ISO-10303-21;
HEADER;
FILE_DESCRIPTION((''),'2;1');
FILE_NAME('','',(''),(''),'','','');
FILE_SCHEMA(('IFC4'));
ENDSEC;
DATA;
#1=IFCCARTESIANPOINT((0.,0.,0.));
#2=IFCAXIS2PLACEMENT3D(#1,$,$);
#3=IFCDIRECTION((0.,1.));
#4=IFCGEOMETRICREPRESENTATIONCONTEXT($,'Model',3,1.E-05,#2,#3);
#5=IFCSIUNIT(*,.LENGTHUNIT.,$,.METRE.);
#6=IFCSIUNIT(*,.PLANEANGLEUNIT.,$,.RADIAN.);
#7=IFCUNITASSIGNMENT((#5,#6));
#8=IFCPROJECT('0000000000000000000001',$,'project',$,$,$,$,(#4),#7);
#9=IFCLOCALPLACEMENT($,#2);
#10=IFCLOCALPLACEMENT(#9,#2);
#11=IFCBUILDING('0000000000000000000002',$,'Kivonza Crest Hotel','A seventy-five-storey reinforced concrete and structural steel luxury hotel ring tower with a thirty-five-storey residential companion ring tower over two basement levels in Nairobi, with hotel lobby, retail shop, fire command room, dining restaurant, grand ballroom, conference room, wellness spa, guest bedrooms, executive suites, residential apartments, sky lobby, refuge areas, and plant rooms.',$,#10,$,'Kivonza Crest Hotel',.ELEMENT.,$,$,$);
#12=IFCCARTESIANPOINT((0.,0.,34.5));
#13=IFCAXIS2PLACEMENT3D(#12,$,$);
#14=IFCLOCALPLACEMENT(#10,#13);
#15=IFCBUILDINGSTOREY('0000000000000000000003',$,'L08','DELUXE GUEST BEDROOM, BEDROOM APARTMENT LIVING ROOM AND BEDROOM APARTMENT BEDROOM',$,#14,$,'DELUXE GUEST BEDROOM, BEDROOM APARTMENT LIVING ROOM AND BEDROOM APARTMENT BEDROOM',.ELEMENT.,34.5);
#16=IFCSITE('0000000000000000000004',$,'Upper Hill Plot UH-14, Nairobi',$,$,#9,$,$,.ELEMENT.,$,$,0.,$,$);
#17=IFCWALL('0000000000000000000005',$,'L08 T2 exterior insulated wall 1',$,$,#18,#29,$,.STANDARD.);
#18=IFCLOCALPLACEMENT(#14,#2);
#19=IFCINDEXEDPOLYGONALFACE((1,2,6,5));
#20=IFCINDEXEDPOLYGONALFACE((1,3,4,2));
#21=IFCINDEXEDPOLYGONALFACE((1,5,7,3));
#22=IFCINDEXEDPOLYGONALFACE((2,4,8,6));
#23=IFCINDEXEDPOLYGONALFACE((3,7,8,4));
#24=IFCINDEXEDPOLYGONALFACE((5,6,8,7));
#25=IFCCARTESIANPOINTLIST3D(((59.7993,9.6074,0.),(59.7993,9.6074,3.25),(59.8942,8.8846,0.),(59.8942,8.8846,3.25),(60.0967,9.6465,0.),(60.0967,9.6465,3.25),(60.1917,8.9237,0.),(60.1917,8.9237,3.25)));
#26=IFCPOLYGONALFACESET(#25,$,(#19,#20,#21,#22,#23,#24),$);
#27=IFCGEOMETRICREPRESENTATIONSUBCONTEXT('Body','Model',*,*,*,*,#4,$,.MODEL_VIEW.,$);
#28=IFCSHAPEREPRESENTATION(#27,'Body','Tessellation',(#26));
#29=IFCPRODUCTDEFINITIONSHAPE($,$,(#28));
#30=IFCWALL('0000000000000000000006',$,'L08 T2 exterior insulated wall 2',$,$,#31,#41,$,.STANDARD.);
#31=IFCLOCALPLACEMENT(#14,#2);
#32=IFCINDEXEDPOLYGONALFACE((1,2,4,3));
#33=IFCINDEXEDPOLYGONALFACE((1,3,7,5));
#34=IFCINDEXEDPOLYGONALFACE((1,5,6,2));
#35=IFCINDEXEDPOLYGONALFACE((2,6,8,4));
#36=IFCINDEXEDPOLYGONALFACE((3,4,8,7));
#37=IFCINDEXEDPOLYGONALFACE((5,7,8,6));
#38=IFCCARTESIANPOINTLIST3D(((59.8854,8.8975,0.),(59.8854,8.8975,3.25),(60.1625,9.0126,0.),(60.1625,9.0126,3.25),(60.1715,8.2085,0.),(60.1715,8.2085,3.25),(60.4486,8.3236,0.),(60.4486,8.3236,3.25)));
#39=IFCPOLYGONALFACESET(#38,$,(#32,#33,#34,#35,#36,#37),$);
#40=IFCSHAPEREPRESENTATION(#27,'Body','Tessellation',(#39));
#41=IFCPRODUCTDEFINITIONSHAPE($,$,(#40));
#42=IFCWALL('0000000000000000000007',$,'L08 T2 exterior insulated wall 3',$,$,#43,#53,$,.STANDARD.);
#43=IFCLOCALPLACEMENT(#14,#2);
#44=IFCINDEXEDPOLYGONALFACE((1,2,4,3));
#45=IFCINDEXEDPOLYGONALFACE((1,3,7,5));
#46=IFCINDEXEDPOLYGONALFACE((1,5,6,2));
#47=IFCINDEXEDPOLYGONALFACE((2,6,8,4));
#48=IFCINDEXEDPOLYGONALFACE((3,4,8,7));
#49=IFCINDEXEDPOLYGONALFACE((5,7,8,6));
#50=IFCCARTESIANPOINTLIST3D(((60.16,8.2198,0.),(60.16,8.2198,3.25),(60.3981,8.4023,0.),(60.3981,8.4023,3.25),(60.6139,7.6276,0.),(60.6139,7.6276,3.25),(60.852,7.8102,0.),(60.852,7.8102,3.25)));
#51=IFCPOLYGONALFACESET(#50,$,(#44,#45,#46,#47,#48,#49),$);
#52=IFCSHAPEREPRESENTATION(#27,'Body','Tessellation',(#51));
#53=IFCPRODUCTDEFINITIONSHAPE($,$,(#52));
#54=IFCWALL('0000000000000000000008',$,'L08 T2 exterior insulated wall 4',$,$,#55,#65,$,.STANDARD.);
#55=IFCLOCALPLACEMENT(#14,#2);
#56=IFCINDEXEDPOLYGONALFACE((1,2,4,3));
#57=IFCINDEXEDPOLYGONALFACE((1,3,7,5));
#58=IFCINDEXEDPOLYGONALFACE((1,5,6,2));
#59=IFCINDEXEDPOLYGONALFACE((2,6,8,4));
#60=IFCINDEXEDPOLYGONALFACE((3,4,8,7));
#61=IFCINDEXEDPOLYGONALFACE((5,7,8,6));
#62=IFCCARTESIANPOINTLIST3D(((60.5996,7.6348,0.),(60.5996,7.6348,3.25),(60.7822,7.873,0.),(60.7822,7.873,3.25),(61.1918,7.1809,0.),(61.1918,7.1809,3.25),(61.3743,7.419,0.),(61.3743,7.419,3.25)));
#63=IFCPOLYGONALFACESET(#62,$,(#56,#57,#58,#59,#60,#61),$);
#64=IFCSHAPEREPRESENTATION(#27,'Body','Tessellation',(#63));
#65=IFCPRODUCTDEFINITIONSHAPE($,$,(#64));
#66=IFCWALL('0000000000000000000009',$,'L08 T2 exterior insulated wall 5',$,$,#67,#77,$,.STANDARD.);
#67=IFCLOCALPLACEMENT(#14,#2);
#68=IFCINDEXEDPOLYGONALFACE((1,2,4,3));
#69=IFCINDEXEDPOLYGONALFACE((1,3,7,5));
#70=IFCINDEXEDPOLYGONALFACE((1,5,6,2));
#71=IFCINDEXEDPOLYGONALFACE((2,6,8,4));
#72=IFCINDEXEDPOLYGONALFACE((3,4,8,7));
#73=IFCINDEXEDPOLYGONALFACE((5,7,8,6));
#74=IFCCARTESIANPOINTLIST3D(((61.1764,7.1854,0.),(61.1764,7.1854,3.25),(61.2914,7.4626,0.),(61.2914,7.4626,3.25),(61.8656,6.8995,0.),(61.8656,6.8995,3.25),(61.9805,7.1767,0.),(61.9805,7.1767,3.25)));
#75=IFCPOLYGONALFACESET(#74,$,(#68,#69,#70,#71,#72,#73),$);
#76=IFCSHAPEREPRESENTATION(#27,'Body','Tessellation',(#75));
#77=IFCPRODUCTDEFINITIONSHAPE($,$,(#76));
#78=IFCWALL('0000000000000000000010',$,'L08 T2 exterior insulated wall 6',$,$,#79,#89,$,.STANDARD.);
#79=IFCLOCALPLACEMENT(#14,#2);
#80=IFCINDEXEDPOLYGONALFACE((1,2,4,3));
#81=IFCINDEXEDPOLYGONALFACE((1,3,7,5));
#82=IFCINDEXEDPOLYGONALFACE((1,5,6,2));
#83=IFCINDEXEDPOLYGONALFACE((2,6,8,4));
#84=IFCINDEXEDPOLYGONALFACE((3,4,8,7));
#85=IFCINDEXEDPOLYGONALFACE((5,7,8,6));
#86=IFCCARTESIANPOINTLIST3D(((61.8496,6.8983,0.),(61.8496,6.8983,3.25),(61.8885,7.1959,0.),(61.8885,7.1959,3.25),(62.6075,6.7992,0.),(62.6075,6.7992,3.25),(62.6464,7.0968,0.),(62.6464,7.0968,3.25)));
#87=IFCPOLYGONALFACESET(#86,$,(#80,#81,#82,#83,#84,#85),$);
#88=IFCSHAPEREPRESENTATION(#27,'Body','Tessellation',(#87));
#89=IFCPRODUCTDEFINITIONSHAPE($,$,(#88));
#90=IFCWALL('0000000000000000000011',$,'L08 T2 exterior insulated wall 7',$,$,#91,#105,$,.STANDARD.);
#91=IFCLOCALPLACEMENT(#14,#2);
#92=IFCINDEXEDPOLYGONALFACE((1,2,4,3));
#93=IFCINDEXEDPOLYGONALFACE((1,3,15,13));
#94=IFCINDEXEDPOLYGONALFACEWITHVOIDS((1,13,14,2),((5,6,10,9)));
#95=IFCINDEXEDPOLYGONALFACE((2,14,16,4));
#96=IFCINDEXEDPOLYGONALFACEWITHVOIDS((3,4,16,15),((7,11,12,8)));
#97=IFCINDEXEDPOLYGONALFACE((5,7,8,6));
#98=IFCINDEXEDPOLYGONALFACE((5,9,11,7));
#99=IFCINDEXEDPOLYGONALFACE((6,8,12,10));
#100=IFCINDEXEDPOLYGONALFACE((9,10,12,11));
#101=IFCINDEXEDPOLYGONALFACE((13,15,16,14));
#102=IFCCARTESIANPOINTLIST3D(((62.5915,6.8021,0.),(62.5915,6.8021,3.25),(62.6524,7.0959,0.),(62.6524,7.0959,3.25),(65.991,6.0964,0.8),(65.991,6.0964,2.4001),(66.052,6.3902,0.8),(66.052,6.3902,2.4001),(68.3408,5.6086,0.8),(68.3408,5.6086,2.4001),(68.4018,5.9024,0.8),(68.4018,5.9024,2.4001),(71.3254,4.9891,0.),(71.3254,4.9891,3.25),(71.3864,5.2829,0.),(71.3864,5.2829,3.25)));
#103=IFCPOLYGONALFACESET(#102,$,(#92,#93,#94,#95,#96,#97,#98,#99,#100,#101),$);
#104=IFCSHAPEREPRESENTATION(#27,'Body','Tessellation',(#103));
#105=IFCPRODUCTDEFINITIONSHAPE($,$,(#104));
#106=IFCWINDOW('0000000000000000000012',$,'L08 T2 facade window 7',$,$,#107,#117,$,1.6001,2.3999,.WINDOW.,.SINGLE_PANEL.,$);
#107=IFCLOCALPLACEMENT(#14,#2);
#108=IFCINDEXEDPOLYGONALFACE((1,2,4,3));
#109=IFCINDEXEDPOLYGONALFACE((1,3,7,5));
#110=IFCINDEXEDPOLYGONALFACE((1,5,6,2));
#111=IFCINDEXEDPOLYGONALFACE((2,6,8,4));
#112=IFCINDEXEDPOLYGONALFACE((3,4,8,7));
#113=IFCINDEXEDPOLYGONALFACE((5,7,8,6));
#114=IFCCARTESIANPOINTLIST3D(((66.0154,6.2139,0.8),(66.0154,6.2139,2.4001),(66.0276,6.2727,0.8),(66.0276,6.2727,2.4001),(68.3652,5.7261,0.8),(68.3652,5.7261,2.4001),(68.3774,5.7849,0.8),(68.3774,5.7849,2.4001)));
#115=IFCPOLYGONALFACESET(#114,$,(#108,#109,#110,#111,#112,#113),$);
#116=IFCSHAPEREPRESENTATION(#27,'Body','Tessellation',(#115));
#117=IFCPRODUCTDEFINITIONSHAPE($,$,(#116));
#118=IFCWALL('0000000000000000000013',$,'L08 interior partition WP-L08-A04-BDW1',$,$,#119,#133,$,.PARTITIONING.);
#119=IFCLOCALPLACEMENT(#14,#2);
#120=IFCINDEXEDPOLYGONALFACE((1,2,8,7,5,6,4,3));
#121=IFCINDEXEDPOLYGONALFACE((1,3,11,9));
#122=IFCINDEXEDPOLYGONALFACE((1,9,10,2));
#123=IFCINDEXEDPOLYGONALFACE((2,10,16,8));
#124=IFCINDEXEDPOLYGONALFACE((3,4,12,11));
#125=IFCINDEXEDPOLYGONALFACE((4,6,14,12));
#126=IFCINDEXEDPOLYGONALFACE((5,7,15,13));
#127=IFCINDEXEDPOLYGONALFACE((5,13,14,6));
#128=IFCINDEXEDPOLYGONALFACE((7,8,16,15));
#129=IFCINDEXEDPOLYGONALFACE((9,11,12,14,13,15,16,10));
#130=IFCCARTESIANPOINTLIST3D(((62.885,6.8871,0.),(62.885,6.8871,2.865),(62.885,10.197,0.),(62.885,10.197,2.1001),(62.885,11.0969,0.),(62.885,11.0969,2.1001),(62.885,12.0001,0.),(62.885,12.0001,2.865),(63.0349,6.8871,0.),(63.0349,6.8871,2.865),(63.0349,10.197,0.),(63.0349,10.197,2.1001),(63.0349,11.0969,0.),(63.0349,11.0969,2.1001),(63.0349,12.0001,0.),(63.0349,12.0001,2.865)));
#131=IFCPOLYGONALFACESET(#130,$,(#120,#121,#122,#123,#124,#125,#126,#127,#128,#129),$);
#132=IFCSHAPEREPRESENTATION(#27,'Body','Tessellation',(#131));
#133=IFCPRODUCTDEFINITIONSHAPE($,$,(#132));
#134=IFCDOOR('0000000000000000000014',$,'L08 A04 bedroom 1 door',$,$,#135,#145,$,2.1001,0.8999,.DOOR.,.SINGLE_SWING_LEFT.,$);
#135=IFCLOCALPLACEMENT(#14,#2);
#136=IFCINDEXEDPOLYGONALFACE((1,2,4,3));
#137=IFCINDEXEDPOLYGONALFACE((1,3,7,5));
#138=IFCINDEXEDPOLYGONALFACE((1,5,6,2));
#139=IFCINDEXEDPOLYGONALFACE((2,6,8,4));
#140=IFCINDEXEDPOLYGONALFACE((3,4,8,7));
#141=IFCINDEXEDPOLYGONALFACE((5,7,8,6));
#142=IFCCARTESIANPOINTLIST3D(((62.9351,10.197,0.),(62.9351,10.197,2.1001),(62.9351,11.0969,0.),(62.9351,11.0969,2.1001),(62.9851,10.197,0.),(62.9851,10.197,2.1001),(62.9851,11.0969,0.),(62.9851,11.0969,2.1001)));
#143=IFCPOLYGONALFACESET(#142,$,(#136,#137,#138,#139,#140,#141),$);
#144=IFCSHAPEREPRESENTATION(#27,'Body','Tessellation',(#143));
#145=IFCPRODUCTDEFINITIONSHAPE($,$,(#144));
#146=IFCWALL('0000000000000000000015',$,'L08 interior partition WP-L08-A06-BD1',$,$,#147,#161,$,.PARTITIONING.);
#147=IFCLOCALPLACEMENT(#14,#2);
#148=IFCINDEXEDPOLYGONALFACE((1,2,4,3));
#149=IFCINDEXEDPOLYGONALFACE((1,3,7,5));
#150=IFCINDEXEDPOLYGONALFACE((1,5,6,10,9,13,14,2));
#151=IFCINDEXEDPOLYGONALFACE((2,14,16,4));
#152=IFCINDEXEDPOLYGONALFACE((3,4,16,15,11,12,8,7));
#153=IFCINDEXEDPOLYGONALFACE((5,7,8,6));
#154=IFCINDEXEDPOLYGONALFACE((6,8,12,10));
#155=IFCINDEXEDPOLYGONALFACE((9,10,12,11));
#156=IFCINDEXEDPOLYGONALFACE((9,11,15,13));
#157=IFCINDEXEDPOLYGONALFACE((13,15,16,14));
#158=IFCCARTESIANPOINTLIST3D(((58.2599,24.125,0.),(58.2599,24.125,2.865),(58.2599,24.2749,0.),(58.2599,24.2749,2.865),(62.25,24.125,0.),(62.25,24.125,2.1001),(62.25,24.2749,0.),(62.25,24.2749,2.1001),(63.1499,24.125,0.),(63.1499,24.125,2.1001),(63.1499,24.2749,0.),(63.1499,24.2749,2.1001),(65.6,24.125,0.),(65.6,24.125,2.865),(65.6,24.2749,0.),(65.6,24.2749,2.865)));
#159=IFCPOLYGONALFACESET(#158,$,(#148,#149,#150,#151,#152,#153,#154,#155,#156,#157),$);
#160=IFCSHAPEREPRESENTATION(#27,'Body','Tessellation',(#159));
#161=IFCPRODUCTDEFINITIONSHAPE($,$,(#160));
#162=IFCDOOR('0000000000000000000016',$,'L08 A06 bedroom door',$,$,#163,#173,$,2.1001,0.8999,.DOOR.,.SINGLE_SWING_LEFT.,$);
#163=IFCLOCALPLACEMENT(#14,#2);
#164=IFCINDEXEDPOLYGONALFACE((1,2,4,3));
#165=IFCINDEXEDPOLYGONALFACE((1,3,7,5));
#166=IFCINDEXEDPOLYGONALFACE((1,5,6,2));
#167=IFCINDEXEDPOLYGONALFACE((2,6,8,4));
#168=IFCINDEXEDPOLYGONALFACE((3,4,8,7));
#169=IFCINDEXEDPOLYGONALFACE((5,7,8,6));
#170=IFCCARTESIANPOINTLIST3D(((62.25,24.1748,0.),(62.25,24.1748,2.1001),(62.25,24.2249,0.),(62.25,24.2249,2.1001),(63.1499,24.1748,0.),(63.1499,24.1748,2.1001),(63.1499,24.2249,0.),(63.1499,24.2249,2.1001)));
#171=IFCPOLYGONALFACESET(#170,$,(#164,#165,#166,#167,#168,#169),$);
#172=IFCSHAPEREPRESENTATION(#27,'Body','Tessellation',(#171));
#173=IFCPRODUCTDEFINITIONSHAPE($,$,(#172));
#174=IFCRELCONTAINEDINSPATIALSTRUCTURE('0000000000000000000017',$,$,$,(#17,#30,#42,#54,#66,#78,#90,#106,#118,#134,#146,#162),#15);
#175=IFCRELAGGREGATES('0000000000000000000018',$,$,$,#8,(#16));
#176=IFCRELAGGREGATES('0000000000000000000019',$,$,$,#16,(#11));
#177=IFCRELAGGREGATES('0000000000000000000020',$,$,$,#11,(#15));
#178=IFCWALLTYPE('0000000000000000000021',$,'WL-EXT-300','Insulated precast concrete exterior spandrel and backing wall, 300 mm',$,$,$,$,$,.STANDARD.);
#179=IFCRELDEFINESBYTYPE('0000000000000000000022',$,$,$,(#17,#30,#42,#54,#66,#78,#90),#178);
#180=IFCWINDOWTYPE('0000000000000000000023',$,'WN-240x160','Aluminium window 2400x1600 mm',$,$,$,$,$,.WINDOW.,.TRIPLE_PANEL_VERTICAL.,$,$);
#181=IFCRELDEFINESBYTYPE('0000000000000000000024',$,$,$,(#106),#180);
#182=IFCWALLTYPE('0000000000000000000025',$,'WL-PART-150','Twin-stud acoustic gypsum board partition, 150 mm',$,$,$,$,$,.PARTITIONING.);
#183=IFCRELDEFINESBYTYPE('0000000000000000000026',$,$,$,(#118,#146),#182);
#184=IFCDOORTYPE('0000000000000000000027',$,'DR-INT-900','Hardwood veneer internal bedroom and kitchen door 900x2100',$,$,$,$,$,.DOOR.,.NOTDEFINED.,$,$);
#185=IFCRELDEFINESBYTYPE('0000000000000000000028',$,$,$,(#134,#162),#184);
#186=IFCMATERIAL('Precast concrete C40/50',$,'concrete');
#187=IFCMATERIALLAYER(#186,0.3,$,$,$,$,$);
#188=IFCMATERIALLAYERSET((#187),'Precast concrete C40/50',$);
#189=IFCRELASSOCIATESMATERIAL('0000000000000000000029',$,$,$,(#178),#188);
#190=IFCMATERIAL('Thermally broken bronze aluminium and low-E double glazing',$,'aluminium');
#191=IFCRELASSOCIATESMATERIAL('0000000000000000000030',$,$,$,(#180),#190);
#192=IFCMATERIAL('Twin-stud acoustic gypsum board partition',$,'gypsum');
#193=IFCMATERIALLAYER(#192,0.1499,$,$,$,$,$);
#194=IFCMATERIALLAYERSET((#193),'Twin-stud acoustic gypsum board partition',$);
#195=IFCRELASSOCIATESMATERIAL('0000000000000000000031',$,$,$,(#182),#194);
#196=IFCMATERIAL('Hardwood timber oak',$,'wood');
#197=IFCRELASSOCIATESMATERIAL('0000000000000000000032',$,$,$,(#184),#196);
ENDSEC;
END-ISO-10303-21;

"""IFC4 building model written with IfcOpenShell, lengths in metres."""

from ifc_helpers import new_model, si_unit, direction, frame, frame_2d, origin, place, context, subcontext, project, spatial, rectangle, extrude, material, layer, layer_set, type_object, element, fill, save


model = new_model("IFC4")

# Units and contexts
model_context = context("Model", 3, precision=1e-05, world=origin(), true_north=direction((0.0, 1.0)))
body_context = subcontext(model_context, "Body", "Model", "MODEL_VIEW")
ifc_project = project(units=[si_unit("LENGTHUNIT", "METRE"), si_unit("PLANEANGLEUNIT", "RADIAN")], contexts=[model_context])

# Site, building, storey
site_placement = place(None, origin())
site = spatial("IfcSite", under=ifc_project, at=site_placement, Name="Upper Hill Plot UH-14, Nairobi", CompositionType="ELEMENT", RefElevation=0.0)
building_placement = place(site_placement, origin())
building = spatial("IfcBuilding", under=site, at=building_placement, Name="Kivonza Crest Hotel", Description="A seventy-five-storey reinforced concrete and structural steel luxury hotel ring tower with a thirty-five-storey residential companion ring tower over two basement levels in Nairobi, with hotel lobby, retail shop, fire command room, dining restaurant, grand ballroom, conference room, wellness spa, guest bedrooms, executive suites, residential apartments, sky lobby, refuge areas, and plant rooms.", LongName="Kivonza Crest Hotel", CompositionType="ELEMENT")
storey_placement = place(building_placement, frame((0.0, 0.0, 34.5)))
storey = spatial("IfcBuildingStorey", under=building, at=storey_placement, Name="L08", Description="DELUXE GUEST BEDROOM, BEDROOM APARTMENT LIVING ROOM AND BEDROOM APARTMENT BEDROOM", LongName="DELUXE GUEST BEDROOM, BEDROOM APARTMENT LIVING ROOM AND BEDROOM APARTMENT BEDROOM", CompositionType="ELEMENT", Elevation=34.5)

# Walls
ifc_material_1 = material(Name="Precast concrete C40/50", Category="concrete")
ifc_layer_1 = layer(ifc_material_1, 0.3)
ifc_layer_set_1 = layer_set([ifc_layer_1], Name="Precast concrete C40/50")
wall_type_1 = type_object("IfcWallType", Name="WL-EXT-300", Description="Insulated precast concrete exterior spandrel and backing wall, 300 mm", PredefinedType="STANDARD", material=ifc_layer_set_1)
wall_1_placement = place(storey_placement, frame((59.948, 9.627, 0.0), z_axis=(0.0, 0.0, 1.0), x_axis=(0.130255, -0.99148, 0.0)))
element("IfcWall", 1, at=wall_1_placement, inside=storey, type_object=wall_type_1, Name="L08 T2 exterior insulated wall 1", PredefinedType="STANDARD", context=body_context, shape_type="SweptSolid", body=[
    extrude(rectangle(XDim=0.729, YDim=0.3, at=frame_2d((0.3645, 0.0))), origin(), (0.0, 0.0, 1.0), 3.25),
])
for number, where, z_axis, x_axis, name in (
    (2, (60.0239, 8.9551, 0.0), (0.0, 0.0, 1.0), (0.383546, -0.923522, 0.0), "L08 T2 exterior insulated wall 2"),
    (3, (60.2791, 8.311, 0.0), (0.0, 0.0, 1.0), (0.608397, -0.793633, 0.0), "L08 T2 exterior insulated wall 3"),
    (4, (60.6909, 7.7539, 0.0), (0.0, 0.0, 1.0), (0.793633, -0.608397, 0.0), "L08 T2 exterior insulated wall 4"),
    (5, (61.2339, 7.324, 0.0), (0.0, 0.0, 1.0), (0.923686, -0.383151, 0.0), "L08 T2 exterior insulated wall 5"),
):
    element("IfcWall", number, at=place(storey_placement, frame(where, z_axis=z_axis, x_axis=x_axis)), inside=storey, type_object=wall_type_1, Name=name, PredefinedType="STANDARD", context=body_context, shape_type="SweptSolid", body=[
        extrude(rectangle(XDim=0.7461, YDim=0.3, at=frame_2d((0.373, 0.0))), origin(), (0.0, 0.0, 1.0), 3.25),
    ])
wall_2_placement = place(storey_placement, frame((61.8689, 7.0471, 0.0), z_axis=(0.0, 0.0, 1.0), x_axis=(0.991559, -0.129653, 0.0)))
element("IfcWall", 6, at=wall_2_placement, inside=storey, type_object=wall_type_1, Name="L08 T2 exterior insulated wall 6", PredefinedType="STANDARD", context=body_context, shape_type="SweptSolid", body=[
    extrude(rectangle(XDim=0.7644, YDim=0.3, at=frame_2d((0.3823, 0.0))), origin(), (0.0, 0.0, 1.0), 3.25),
])

# Wall, opening, window
wall_3_placement = place(storey_placement, frame((62.6221, 6.949, 0.0), z_axis=(0.0, 0.0, 1.0), x_axis=(0.979127, -0.203248, 0.0)))
wall_3 = element("IfcWall", 7, at=wall_3_placement, inside=storey, type_object=wall_type_1, Name="L08 T2 exterior insulated wall 7", PredefinedType="STANDARD", context=body_context, shape_type="SweptSolid", body=[
    extrude(rectangle(XDim=8.9202, YDim=0.3, at=frame_2d((4.46, 0.0))), origin(), (0.0, 0.0, 1.0), 3.25),
])
opening_1_placement = place(wall_3_placement, frame((3.4719, 0.0, 0.8)))
opening_1 = element("IfcOpeningElement", 8, at=opening_1_placement, cuts=wall_3, PredefinedType="OPENING", context=body_context, shape_type="SweptSolid", body=[
    extrude(rectangle(XDim=2.3999, YDim=1.6001, at=frame_2d((1.2, 0.8))), frame((0.0, 0.1602, 0.0), z_axis=(0.0, -1.0, 0.0), x_axis=(1.0, 0.0, 0.0)), (0.0, 0.0, 1.0), 0.3201),
])
ifc_material_2 = material(Name="Thermally broken bronze aluminium and low-E double glazing", Category="aluminium")
window_type = type_object("IfcWindowType", Name="WN-240x160", Description="Aluminium window 2400x1600 mm", PartitioningType="TRIPLE_PANEL_VERTICAL", PredefinedType="WINDOW", material=ifc_material_2)
window_placement = place(opening_1_placement, origin())
window = element("IfcWindow", 9, at=window_placement, inside=storey, type_object=window_type, Name="L08 T2 facade window 7", OverallHeight=1.6001, OverallWidth=2.3999, PartitioningType="SINGLE_PANEL", PredefinedType="WINDOW", context=body_context, shape_type="SweptSolid", body=[
    extrude(rectangle(XDim=2.3999, YDim=1.6001, at=frame_2d((1.2, 0.8))), frame((0.0, 0.03, 0.0), z_axis=(0.0, -1.0, 0.0), x_axis=(1.0, 0.0, 0.0)), (0.0, 0.0, 1.0), 0.0601),
])
fill(opening_1, window)

# Walls, openings, doors
ifc_material_3 = material(Name="Twin-stud acoustic gypsum board partition", Category="gypsum")
ifc_layer_2 = layer(ifc_material_3, 0.1499)
ifc_layer_set_2 = layer_set([ifc_layer_2], Name="Twin-stud acoustic gypsum board partition")
wall_type_2 = type_object("IfcWallType", Name="WL-PART-150", Description="Twin-stud acoustic gypsum board partition, 150 mm", PredefinedType="PARTITIONING", material=ifc_layer_set_2)
wall_4_placement = place(storey_placement, frame((62.96, 6.887, 0.0), z_axis=(0.0, 0.0, 1.0), x_axis=(0.0, 1.0, 0.0)))
wall_4 = element("IfcWall", 10, at=wall_4_placement, inside=storey, type_object=wall_type_2, Name="L08 interior partition WP-L08-A04-BDW1", PredefinedType="PARTITIONING", context=body_context, shape_type="SweptSolid", body=[
    extrude(rectangle(XDim=5.113, YDim=0.1499, at=frame_2d((2.5566, 0.0))), origin(), (0.0, 0.0, 1.0), 2.865),
])
opening_2_placement = place(wall_4_placement, frame((3.3101, 0.0, 0.0)))
opening_2 = element("IfcOpeningElement", 11, at=opening_2_placement, cuts=wall_4, PredefinedType="OPENING", context=body_context, shape_type="SweptSolid", body=[
    extrude(rectangle(XDim=0.8999, YDim=2.1001, at=frame_2d((0.45, 1.05))), frame((0.0, 0.085, 0.0), z_axis=(0.0, -1.0, 0.0), x_axis=(1.0, 0.0, 0.0)), (0.0, 0.0, 1.0), 0.1699),
])
ifc_material_4 = material(Name="Hardwood timber oak", Category="wood")
door_type = type_object("IfcDoorType", Name="DR-INT-900", Description="Hardwood veneer internal bedroom and kitchen door 900x2100", OperationType="NOTDEFINED", PredefinedType="DOOR", material=ifc_material_4)
door_1_placement = place(opening_2_placement, origin())
door_1 = element("IfcDoor", 12, at=door_1_placement, inside=storey, type_object=door_type, Name="L08 A04 bedroom 1 door", OperationType="SINGLE_SWING_LEFT", OverallHeight=2.1001, OverallWidth=0.8999, PredefinedType="DOOR", context=body_context, shape_type="SweptSolid", body=[
    extrude(rectangle(XDim=0.8999, YDim=2.1001, at=frame_2d((0.45, 1.05))), frame((0.0, 0.0249, 0.0), z_axis=(0.0, -1.0, 0.0), x_axis=(1.0, 0.0, 0.0)), (0.0, 0.0, 1.0), 0.05),
])
fill(opening_2, door_1)
wall_5_placement = place(storey_placement, frame((58.26, 24.2, 0.0), z_axis=(0.0, 0.0, 1.0), x_axis=(1.0, 0.0, 0.0)))
wall_5 = element("IfcWall", 13, at=wall_5_placement, inside=storey, type_object=wall_type_2, Name="L08 interior partition WP-L08-A06-BD1", PredefinedType="PARTITIONING", context=body_context, shape_type="SweptSolid", body=[
    extrude(rectangle(XDim=7.3401, YDim=0.1499, at=frame_2d((3.6699, 0.0))), origin(), (0.0, 0.0, 1.0), 2.865),
])
opening_3_placement = place(wall_5_placement, frame((3.99, 0.0, 0.0)))
opening_3 = element("IfcOpeningElement", 14, at=opening_3_placement, cuts=wall_5, PredefinedType="OPENING", context=body_context, shape_type="SweptSolid", body=[
    extrude(rectangle(XDim=0.8999, YDim=2.1001, at=frame_2d((0.45, 1.05))), frame((0.0, 0.085, 0.0), z_axis=(0.0, -1.0, 0.0), x_axis=(1.0, 0.0, 0.0)), (0.0, 0.0, 1.0), 0.1699),
])
door_2_placement = place(opening_3_placement, origin())
door_2 = element("IfcDoor", 15, at=door_2_placement, inside=storey, type_object=door_type, Name="L08 A06 bedroom door", OperationType="SINGLE_SWING_LEFT", OverallHeight=2.1001, OverallWidth=0.8999, PredefinedType="DOOR", context=body_context, shape_type="SweptSolid", body=[
    extrude(rectangle(XDim=0.8999, YDim=2.1001, at=frame_2d((0.45, 1.05))), frame((0.0, 0.0249, 0.0), z_axis=(0.0, -1.0, 0.0), x_axis=(1.0, 0.0, 0.0)), (0.0, 0.0, 1.0), 0.05),
])
fill(opening_3, door_2)

save(model, "model.ifc")
